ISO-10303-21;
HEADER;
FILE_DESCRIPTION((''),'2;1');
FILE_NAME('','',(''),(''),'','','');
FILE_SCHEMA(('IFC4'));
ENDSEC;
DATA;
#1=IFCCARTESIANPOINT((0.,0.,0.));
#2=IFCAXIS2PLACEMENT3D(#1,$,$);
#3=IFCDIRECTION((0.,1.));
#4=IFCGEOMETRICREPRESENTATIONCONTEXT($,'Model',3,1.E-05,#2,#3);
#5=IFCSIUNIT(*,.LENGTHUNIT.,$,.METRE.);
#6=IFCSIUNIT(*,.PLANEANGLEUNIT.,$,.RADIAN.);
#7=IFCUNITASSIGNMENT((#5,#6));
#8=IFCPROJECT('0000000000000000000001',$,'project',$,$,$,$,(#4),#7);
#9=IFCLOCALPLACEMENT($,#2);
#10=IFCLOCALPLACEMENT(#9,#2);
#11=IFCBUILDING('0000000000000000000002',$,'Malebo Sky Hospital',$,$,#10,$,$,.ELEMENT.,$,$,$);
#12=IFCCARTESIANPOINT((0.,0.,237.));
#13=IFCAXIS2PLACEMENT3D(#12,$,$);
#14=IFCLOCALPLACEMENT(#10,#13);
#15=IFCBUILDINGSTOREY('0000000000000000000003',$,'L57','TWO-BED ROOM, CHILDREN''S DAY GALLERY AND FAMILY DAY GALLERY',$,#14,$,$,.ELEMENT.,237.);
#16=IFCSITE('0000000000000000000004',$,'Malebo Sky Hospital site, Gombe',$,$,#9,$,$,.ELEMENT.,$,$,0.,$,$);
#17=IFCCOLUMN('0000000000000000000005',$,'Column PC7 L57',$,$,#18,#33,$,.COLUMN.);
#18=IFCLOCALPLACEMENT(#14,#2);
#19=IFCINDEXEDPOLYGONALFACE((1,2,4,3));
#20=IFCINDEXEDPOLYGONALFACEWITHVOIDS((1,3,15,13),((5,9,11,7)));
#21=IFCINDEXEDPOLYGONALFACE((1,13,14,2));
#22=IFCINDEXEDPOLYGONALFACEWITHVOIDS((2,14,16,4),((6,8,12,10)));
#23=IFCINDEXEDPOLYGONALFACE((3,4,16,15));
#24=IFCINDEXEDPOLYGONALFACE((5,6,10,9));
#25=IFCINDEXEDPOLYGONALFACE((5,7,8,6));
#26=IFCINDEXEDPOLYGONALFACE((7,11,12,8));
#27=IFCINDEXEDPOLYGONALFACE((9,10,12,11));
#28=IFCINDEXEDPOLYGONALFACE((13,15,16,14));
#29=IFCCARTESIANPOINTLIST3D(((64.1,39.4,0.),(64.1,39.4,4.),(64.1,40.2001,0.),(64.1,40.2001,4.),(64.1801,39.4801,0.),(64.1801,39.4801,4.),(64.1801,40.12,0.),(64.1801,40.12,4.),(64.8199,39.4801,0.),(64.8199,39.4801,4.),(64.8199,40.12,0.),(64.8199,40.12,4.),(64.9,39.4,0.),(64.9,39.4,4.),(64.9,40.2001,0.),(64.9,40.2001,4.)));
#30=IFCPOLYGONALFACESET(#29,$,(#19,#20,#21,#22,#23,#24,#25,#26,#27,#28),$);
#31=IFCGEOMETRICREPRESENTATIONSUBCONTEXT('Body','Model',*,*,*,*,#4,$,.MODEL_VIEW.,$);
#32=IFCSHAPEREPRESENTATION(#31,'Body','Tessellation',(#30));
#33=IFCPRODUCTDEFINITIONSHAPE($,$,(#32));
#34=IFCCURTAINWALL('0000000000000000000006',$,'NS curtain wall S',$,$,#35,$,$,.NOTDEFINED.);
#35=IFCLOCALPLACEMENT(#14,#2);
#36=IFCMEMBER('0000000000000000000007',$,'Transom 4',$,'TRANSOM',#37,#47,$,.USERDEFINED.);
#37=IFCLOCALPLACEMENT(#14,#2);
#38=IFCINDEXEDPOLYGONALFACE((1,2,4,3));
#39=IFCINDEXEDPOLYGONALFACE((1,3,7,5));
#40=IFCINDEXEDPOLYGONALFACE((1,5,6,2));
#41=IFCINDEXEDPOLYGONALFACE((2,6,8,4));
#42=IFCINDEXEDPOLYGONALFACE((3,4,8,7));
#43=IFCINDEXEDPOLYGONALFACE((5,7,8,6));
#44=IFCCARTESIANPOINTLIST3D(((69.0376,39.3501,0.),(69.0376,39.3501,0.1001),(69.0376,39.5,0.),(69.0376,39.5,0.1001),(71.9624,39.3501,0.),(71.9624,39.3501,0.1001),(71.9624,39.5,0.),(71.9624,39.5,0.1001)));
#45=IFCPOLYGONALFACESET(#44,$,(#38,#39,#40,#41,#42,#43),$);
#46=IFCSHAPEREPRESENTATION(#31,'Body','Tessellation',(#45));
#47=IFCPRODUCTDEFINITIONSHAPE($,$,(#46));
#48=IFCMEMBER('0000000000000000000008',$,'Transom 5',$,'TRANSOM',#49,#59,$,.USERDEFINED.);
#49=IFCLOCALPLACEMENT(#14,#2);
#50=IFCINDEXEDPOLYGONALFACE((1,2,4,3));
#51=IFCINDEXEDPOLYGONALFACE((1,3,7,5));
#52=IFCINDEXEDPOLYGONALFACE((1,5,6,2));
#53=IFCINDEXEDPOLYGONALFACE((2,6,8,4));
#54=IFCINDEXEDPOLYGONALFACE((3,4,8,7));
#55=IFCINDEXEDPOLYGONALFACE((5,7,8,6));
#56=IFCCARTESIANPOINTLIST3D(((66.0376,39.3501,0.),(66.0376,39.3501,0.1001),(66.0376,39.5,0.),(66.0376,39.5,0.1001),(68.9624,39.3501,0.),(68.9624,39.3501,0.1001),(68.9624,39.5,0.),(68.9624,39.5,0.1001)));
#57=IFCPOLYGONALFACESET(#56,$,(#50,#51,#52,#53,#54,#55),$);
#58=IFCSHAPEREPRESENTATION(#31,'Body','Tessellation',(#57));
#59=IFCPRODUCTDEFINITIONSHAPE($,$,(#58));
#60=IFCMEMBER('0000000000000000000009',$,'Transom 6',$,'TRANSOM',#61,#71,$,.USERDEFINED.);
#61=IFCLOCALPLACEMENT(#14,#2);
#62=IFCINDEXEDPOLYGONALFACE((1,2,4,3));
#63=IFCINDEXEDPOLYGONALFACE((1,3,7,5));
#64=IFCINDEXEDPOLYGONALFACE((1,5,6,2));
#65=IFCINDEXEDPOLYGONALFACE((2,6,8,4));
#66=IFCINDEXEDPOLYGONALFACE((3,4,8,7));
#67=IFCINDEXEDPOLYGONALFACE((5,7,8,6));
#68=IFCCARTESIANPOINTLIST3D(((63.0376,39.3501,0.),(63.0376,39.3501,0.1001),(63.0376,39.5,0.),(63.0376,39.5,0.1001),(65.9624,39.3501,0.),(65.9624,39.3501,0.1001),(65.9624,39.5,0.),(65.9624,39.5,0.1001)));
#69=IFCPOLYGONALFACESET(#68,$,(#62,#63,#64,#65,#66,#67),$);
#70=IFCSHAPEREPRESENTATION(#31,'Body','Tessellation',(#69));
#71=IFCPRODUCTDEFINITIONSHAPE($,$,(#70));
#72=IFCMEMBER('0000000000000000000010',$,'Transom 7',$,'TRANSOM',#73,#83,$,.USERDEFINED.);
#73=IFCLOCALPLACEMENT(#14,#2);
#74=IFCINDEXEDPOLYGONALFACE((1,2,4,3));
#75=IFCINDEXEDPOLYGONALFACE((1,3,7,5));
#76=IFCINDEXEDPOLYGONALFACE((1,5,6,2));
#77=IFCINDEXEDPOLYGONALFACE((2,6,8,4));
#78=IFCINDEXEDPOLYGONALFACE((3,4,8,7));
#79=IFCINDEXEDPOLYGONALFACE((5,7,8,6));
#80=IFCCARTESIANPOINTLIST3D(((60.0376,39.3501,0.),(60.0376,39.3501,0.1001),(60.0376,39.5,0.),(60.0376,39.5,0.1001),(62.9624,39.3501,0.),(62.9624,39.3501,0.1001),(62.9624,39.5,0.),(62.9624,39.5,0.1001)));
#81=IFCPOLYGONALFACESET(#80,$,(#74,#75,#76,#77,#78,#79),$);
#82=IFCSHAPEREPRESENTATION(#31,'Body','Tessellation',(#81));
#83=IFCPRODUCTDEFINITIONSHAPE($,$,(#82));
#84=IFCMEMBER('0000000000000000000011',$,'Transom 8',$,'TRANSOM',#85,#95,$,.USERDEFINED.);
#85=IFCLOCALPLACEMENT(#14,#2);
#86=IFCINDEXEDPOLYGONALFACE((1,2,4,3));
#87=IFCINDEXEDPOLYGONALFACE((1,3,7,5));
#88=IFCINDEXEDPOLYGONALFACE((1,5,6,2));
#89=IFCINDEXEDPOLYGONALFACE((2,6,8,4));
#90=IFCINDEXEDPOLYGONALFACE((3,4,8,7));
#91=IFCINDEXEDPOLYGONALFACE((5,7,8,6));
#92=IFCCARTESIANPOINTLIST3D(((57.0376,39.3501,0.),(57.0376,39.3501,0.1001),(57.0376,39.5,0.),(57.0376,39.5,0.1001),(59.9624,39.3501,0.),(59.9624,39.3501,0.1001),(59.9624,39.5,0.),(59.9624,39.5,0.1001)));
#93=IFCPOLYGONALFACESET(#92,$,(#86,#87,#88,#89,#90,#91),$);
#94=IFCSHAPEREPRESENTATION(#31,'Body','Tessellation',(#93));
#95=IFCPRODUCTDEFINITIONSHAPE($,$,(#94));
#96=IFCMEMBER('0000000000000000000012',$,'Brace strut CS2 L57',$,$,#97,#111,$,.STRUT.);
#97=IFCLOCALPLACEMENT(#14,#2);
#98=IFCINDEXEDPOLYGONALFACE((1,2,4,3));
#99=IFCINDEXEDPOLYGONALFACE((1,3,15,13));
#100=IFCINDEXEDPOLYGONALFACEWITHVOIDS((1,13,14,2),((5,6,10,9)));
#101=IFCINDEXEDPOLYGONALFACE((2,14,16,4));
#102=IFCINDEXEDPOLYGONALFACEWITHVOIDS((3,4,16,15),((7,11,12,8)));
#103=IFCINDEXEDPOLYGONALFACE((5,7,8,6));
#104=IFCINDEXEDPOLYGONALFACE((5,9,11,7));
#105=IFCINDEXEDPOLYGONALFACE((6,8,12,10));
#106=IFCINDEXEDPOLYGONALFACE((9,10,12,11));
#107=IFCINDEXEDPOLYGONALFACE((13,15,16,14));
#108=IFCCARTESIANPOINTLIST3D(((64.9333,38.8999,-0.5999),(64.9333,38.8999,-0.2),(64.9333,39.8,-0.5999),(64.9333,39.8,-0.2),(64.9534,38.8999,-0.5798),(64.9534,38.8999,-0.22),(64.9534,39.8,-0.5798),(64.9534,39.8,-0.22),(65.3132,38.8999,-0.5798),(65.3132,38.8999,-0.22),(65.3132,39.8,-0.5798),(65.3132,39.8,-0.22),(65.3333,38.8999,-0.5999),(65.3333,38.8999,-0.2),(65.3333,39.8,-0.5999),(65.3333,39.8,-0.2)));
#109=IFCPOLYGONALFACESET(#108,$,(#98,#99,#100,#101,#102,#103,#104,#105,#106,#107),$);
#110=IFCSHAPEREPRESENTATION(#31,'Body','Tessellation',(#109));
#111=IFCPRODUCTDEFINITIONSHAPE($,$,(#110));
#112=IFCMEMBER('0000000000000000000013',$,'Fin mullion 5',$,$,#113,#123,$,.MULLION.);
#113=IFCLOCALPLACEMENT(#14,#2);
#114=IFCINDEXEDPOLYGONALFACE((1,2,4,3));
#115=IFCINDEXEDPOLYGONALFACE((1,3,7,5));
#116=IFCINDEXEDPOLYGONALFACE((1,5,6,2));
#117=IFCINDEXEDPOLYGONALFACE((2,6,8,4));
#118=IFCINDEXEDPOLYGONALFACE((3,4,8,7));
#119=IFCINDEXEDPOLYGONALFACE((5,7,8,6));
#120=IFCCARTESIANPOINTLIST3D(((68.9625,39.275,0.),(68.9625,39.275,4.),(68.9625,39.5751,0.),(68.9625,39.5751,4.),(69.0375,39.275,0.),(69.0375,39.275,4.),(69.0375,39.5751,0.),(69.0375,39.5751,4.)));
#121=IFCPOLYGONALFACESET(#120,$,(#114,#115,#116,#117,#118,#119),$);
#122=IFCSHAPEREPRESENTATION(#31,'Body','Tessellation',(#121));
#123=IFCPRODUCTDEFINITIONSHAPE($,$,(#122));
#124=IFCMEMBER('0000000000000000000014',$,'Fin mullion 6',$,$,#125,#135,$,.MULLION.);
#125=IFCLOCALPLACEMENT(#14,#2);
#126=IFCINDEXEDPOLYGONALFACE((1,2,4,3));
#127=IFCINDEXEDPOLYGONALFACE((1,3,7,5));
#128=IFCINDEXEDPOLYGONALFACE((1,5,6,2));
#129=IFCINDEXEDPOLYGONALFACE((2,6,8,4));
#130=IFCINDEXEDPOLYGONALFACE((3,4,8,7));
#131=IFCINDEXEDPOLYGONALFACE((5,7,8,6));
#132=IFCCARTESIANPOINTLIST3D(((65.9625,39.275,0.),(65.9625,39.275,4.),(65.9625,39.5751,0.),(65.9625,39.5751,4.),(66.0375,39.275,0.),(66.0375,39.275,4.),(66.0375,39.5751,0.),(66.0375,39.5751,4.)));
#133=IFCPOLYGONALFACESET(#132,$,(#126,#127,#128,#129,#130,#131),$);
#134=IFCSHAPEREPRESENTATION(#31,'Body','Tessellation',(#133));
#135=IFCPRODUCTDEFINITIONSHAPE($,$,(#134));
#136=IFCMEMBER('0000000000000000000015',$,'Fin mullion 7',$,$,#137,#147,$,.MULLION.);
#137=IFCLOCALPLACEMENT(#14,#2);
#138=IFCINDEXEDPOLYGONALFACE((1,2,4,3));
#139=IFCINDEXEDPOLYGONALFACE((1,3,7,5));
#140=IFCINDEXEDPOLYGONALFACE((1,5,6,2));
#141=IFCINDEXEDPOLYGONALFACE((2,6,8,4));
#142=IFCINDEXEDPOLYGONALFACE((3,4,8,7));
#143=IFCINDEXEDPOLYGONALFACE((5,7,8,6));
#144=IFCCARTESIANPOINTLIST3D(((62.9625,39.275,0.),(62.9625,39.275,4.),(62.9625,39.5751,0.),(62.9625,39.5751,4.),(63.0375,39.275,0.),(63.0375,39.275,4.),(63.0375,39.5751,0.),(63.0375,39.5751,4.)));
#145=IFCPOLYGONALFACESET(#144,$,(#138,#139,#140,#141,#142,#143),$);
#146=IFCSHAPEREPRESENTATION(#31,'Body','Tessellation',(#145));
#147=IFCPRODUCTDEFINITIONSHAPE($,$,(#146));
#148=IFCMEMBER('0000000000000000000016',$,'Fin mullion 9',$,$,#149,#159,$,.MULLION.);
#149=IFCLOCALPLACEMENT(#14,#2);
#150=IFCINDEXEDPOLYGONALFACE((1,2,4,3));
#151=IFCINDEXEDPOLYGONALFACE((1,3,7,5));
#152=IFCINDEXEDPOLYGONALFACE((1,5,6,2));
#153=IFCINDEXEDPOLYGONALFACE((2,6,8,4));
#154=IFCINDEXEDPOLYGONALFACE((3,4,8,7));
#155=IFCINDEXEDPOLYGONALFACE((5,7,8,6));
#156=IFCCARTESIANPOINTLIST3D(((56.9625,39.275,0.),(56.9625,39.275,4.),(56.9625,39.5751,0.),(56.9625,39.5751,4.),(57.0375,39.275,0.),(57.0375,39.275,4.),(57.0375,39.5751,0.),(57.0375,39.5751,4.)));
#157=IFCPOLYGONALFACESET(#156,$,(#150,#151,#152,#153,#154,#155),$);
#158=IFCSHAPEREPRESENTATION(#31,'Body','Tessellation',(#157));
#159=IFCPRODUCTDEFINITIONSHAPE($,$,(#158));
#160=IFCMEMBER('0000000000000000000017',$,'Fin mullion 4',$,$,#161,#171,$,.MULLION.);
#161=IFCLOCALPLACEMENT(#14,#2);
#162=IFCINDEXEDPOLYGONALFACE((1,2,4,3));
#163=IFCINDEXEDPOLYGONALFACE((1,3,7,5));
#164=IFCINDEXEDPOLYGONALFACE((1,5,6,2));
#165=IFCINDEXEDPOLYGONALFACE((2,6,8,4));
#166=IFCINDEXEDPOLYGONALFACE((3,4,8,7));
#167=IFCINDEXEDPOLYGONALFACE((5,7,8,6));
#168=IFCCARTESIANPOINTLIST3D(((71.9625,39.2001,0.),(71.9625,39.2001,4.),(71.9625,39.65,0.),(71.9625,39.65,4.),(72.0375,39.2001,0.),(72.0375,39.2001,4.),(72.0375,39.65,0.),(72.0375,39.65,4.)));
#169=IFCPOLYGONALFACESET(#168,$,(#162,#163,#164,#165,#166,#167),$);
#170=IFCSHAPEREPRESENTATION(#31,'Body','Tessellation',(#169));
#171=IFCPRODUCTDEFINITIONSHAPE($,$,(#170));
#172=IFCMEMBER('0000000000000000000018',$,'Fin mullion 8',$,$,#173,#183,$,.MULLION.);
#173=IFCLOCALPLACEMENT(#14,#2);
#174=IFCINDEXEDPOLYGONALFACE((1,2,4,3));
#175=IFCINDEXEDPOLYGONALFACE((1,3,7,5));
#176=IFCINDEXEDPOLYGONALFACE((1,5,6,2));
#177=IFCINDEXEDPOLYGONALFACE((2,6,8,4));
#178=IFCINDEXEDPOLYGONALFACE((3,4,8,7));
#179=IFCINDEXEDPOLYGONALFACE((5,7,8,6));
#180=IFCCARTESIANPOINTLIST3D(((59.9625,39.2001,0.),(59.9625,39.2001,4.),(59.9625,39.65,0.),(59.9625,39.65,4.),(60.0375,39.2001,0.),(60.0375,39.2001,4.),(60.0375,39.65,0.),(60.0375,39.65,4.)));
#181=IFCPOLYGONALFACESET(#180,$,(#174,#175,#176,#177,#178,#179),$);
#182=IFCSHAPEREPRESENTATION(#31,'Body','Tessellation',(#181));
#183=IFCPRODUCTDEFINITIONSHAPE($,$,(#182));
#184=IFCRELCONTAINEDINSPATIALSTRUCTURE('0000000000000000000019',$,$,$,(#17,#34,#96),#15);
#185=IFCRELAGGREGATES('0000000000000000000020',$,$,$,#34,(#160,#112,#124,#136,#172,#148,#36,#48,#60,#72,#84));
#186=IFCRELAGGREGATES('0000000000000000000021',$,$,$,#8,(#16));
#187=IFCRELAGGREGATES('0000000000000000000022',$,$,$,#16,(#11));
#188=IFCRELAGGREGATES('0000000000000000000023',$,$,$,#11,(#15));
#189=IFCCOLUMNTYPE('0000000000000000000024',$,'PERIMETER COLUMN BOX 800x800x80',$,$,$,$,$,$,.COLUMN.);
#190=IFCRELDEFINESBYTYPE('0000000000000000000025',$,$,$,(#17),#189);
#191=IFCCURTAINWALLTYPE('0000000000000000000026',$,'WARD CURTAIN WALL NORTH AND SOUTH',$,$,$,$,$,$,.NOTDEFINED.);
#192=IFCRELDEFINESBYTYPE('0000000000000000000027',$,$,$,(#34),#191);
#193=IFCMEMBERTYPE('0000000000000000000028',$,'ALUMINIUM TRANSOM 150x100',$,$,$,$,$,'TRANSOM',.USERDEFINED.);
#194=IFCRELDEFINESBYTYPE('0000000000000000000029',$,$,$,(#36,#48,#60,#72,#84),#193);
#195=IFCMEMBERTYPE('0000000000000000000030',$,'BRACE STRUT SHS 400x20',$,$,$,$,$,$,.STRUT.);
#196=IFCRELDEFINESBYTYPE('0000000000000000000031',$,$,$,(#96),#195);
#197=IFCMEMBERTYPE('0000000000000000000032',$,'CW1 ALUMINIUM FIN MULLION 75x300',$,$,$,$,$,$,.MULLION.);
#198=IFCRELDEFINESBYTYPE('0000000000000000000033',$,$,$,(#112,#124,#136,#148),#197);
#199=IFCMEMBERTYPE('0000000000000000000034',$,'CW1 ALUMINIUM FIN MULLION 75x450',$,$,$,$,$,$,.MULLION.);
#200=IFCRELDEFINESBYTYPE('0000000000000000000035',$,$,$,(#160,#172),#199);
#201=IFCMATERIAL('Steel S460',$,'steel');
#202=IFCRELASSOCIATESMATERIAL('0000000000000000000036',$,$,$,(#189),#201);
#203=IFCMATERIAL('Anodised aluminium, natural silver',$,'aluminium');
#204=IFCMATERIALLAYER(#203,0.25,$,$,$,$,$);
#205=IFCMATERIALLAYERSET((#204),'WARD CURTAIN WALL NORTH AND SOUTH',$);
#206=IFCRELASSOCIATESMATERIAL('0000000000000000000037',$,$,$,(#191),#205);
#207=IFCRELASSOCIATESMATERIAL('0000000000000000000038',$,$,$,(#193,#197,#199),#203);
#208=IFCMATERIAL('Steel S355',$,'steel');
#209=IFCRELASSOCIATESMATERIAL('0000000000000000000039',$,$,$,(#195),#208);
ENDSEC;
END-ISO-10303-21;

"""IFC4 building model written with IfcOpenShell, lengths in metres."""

from ifc_helpers import new_model, si_unit, direction, frame, origin, origin_2d, place, context, subcontext, project, spatial, rectangle, hollow_rectangle, extrude, material, layer, layer_set, material_profile, profile_set, type_object, element, aggregate, save


model = new_model("IFC4")

# Units and contexts
model_context = context("Model", 3, precision=1e-05, world=origin(), true_north=direction((0.0, 1.0)))
body_context = subcontext(model_context, "Body", "Model", "MODEL_VIEW")
ifc_project = project(units=[si_unit("LENGTHUNIT", "METRE"), si_unit("PLANEANGLEUNIT", "RADIAN")], contexts=[model_context])

# Site, building, storey
site_placement = place(None, origin())
site = spatial("IfcSite", under=ifc_project, at=site_placement, Name="Malebo Sky Hospital site, Gombe", CompositionType="ELEMENT", RefElevation=0.0)
building_placement = place(site_placement, origin())
building = spatial("IfcBuilding", under=site, at=building_placement, Name="Malebo Sky Hospital", CompositionType="ELEMENT")
storey_placement = place(building_placement, frame((0.0, 0.0, 237.0)))
storey = spatial("IfcBuildingStorey", under=building, at=storey_placement, Name="L57", Description="TWO-BED ROOM, CHILDREN'S DAY GALLERY AND FAMILY DAY GALLERY", CompositionType="ELEMENT", Elevation=237.0)

# Column
ifc_material_1 = material(Name="Steel S460", Category="steel")
ifc_material_profile_1 = material_profile(ifc_material_1, hollow_rectangle(XDim=0.8, YDim=0.8, WallThickness=0.0801, at=origin_2d()), Name="BOX 800x800x80")
ifc_profile_set_1 = profile_set([ifc_material_profile_1], Name="Steel S460")
column_type = type_object("IfcColumnType", Name="PERIMETER COLUMN BOX 800x800x80", PredefinedType="COLUMN", material=ifc_profile_set_1)
column_placement = place(storey_placement, frame((64.5, 39.8, 0.0), z_axis=(0.0, 0.0, 1.0), x_axis=(1.0, 0.0, 0.0)))
element("IfcColumn", 1, at=column_placement, inside=storey, type_object=column_type, Name="Column PC7 L57", PredefinedType="COLUMN", context=body_context, shape_type="SweptSolid", body=[
    extrude(hollow_rectangle(XDim=0.8, YDim=0.8, WallThickness=0.0801, at=origin_2d()), origin(), (0.0, 0.0, 1.0), 4.0),
])

# Curtain wall, members
ifc_material_2 = material(Name="Anodised aluminium, natural silver", Category="aluminium")
ifc_layer_1 = layer(ifc_material_2, 0.25)
ifc_layer_set_1 = layer_set([ifc_layer_1], Name="WARD CURTAIN WALL NORTH AND SOUTH")
curtain_wall_type = type_object("IfcCurtainWallType", Name="WARD CURTAIN WALL NORTH AND SOUTH", PredefinedType="NOTDEFINED", material=ifc_layer_set_1)
curtain_wall_placement = place(storey_placement, origin())
curtain_wall = element("IfcCurtainWall", 2, at=curtain_wall_placement, inside=storey, type_object=curtain_wall_type, Name="NS curtain wall S", PredefinedType="NOTDEFINED")
ifc_material_profile_2 = material_profile(ifc_material_2, rectangle(XDim=0.1499, YDim=0.1001, at=origin_2d()), Name="ALUMINIUM TRANSOM 150x100")
ifc_profile_set_2 = profile_set([ifc_material_profile_2], Name="Anodised aluminium, natural silver")
member_type_1 = type_object("IfcMemberType", Name="ALUMINIUM TRANSOM 150x100", ElementType="TRANSOM", PredefinedType="USERDEFINED", material=ifc_profile_set_2)
member_1_placement = place(storey_placement, frame((71.9624, 39.425, 0.05), z_axis=(-1.0, 0.0, 0.0), x_axis=(0.0, -1.0, 0.0)))
member_1 = element("IfcMember", 3, at=member_1_placement, type_object=member_type_1, Name="Transom 4", ObjectType="TRANSOM", PredefinedType="USERDEFINED", context=body_context, shape_type="SweptSolid", body=[
    extrude(rectangle(XDim=0.1499, YDim=0.1001, at=origin_2d()), origin(), (0.0, 0.0, 1.0), 2.9248),
])
member_2_placement = place(storey_placement, frame((68.9624, 39.425, 0.05), z_axis=(-1.0, 0.0, 0.0), x_axis=(0.0, -1.0, 0.0)))
member_2 = element("IfcMember", 4, at=member_2_placement, type_object=member_type_1, Name="Transom 5", ObjectType="TRANSOM", PredefinedType="USERDEFINED", context=body_context, shape_type="SweptSolid", body=[
    extrude(rectangle(XDim=0.1499, YDim=0.1001, at=origin_2d()), origin(), (0.0, 0.0, 1.0), 2.9248),
])
member_3_placement = place(storey_placement, frame((65.9624, 39.425, 0.05), z_axis=(-1.0, 0.0, 0.0), x_axis=(0.0, -1.0, 0.0)))
member_3 = element("IfcMember", 5, at=member_3_placement, type_object=member_type_1, Name="Transom 6", ObjectType="TRANSOM", PredefinedType="USERDEFINED", context=body_context, shape_type="SweptSolid", body=[
    extrude(rectangle(XDim=0.1499, YDim=0.1001, at=origin_2d()), origin(), (0.0, 0.0, 1.0), 2.9248),
])
member_4_placement = place(storey_placement, frame((62.9624, 39.425, 0.05), z_axis=(-1.0, 0.0, 0.0), x_axis=(0.0, -1.0, 0.0)))
member_4 = element("IfcMember", 6, at=member_4_placement, type_object=member_type_1, Name="Transom 7", ObjectType="TRANSOM", PredefinedType="USERDEFINED", context=body_context, shape_type="SweptSolid", body=[
    extrude(rectangle(XDim=0.1499, YDim=0.1001, at=origin_2d()), origin(), (0.0, 0.0, 1.0), 2.9248),
])
member_5_placement = place(storey_placement, frame((59.9624, 39.425, 0.05), z_axis=(-1.0, 0.0, 0.0), x_axis=(0.0, -1.0, 0.0)))
member_5 = element("IfcMember", 7, at=member_5_placement, type_object=member_type_1, Name="Transom 8", ObjectType="TRANSOM", PredefinedType="USERDEFINED", context=body_context, shape_type="SweptSolid", body=[
    extrude(rectangle(XDim=0.1499, YDim=0.1001, at=origin_2d()), origin(), (0.0, 0.0, 1.0), 2.9248),
])

# Members
ifc_material_3 = material(Name="Steel S355", Category="steel")
ifc_material_profile_3 = material_profile(ifc_material_3, hollow_rectangle(XDim=0.3999, YDim=0.3999, WallThickness=0.02, at=origin_2d()), Name="SHS 400x20")
ifc_profile_set_3 = profile_set([ifc_material_profile_3], Name="Steel S355")
member_type_2 = type_object("IfcMemberType", Name="BRACE STRUT SHS 400x20", PredefinedType="STRUT", material=ifc_profile_set_3)
member_6_placement = place(storey_placement, frame((65.1333, 38.8999, -0.3999), z_axis=(0.0, 1.0, 0.0), x_axis=(-1.0, 0.0, 0.0)))
element("IfcMember", 8, at=member_6_placement, inside=storey, type_object=member_type_2, Name="Brace strut CS2 L57", PredefinedType="STRUT", context=body_context, shape_type="SweptSolid", body=[
    extrude(hollow_rectangle(XDim=0.3999, YDim=0.3999, WallThickness=0.02, at=origin_2d()), origin(), (0.0, 0.0, 1.0), 0.9001),
])
ifc_material_profile_4 = material_profile(ifc_material_2, rectangle(XDim=0.075, YDim=0.3, at=origin_2d()), Name="CW1 ALUMINIUM FIN MULLION 75x300")
ifc_profile_set_4 = profile_set([ifc_material_profile_4], Name="Anodised aluminium, natural silver")
member_type_3 = type_object("IfcMemberType", Name="CW1 ALUMINIUM FIN MULLION 75x300", PredefinedType="MULLION", material=ifc_profile_set_4)
member_7_placement = place(storey_placement, frame((69.0, 39.425, 0.0), z_axis=(0.0, 0.0, 1.0), x_axis=(-1.0, 0.0, 0.0)))
member_7 = element("IfcMember", 9, at=member_7_placement, type_object=member_type_3, Name="Fin mullion 5", PredefinedType="MULLION", context=body_context, shape_type="SweptSolid", body=[
    extrude(rectangle(XDim=0.075, YDim=0.3, at=origin_2d()), origin(), (0.0, 0.0, 1.0), 4.0),
])
member_8_placement = place(storey_placement, frame((66.0, 39.425, 0.0), z_axis=(0.0, 0.0, 1.0), x_axis=(-1.0, 0.0, 0.0)))
member_8 = element("IfcMember", 10, at=member_8_placement, type_object=member_type_3, Name="Fin mullion 6", PredefinedType="MULLION", context=body_context, shape_type="SweptSolid", body=[
    extrude(rectangle(XDim=0.075, YDim=0.3, at=origin_2d()), origin(), (0.0, 0.0, 1.0), 4.0),
])
member_9_placement = place(storey_placement, frame((63.0, 39.425, 0.0), z_axis=(0.0, 0.0, 1.0), x_axis=(-1.0, 0.0, 0.0)))
member_9 = element("IfcMember", 11, at=member_9_placement, type_object=member_type_3, Name="Fin mullion 7", PredefinedType="MULLION", context=body_context, shape_type="SweptSolid", body=[
    extrude(rectangle(XDim=0.075, YDim=0.3, at=origin_2d()), origin(), (0.0, 0.0, 1.0), 4.0),
])
member_10_placement = place(storey_placement, frame((57.0, 39.425, 0.0), z_axis=(0.0, 0.0, 1.0), x_axis=(-1.0, 0.0, 0.0)))
member_10 = element("IfcMember", 12, at=member_10_placement, type_object=member_type_3, Name="Fin mullion 9", PredefinedType="MULLION", context=body_context, shape_type="SweptSolid", body=[
    extrude(rectangle(XDim=0.075, YDim=0.3, at=origin_2d()), origin(), (0.0, 0.0, 1.0), 4.0),
])
ifc_material_profile_5 = material_profile(ifc_material_2, rectangle(XDim=0.075, YDim=0.45, at=origin_2d()), Name="CW1 ALUMINIUM FIN MULLION 75x450")
ifc_profile_set_5 = profile_set([ifc_material_profile_5], Name="Anodised aluminium, natural silver")
member_type_4 = type_object("IfcMemberType", Name="CW1 ALUMINIUM FIN MULLION 75x450", PredefinedType="MULLION", material=ifc_profile_set_5)
member_11_placement = place(storey_placement, frame((72.0, 39.425, 0.0), z_axis=(0.0, 0.0, 1.0), x_axis=(-1.0, 0.0, 0.0)))
member_11 = element("IfcMember", 13, at=member_11_placement, type_object=member_type_4, Name="Fin mullion 4", PredefinedType="MULLION", context=body_context, shape_type="SweptSolid", body=[
    extrude(rectangle(XDim=0.075, YDim=0.45, at=origin_2d()), origin(), (0.0, 0.0, 1.0), 4.0),
])
member_12_placement = place(storey_placement, frame((60.0, 39.425, 0.0), z_axis=(0.0, 0.0, 1.0), x_axis=(-1.0, 0.0, 0.0)))
member_12 = element("IfcMember", 14, at=member_12_placement, type_object=member_type_4, Name="Fin mullion 8", PredefinedType="MULLION", context=body_context, shape_type="SweptSolid", body=[
    extrude(rectangle(XDim=0.075, YDim=0.45, at=origin_2d()), origin(), (0.0, 0.0, 1.0), 4.0),
])

aggregate(curtain_wall, [member_11, member_7, member_8, member_9, member_12, member_10, member_1, member_2, member_3, member_4, member_5])

save(model, "model.ifc")
